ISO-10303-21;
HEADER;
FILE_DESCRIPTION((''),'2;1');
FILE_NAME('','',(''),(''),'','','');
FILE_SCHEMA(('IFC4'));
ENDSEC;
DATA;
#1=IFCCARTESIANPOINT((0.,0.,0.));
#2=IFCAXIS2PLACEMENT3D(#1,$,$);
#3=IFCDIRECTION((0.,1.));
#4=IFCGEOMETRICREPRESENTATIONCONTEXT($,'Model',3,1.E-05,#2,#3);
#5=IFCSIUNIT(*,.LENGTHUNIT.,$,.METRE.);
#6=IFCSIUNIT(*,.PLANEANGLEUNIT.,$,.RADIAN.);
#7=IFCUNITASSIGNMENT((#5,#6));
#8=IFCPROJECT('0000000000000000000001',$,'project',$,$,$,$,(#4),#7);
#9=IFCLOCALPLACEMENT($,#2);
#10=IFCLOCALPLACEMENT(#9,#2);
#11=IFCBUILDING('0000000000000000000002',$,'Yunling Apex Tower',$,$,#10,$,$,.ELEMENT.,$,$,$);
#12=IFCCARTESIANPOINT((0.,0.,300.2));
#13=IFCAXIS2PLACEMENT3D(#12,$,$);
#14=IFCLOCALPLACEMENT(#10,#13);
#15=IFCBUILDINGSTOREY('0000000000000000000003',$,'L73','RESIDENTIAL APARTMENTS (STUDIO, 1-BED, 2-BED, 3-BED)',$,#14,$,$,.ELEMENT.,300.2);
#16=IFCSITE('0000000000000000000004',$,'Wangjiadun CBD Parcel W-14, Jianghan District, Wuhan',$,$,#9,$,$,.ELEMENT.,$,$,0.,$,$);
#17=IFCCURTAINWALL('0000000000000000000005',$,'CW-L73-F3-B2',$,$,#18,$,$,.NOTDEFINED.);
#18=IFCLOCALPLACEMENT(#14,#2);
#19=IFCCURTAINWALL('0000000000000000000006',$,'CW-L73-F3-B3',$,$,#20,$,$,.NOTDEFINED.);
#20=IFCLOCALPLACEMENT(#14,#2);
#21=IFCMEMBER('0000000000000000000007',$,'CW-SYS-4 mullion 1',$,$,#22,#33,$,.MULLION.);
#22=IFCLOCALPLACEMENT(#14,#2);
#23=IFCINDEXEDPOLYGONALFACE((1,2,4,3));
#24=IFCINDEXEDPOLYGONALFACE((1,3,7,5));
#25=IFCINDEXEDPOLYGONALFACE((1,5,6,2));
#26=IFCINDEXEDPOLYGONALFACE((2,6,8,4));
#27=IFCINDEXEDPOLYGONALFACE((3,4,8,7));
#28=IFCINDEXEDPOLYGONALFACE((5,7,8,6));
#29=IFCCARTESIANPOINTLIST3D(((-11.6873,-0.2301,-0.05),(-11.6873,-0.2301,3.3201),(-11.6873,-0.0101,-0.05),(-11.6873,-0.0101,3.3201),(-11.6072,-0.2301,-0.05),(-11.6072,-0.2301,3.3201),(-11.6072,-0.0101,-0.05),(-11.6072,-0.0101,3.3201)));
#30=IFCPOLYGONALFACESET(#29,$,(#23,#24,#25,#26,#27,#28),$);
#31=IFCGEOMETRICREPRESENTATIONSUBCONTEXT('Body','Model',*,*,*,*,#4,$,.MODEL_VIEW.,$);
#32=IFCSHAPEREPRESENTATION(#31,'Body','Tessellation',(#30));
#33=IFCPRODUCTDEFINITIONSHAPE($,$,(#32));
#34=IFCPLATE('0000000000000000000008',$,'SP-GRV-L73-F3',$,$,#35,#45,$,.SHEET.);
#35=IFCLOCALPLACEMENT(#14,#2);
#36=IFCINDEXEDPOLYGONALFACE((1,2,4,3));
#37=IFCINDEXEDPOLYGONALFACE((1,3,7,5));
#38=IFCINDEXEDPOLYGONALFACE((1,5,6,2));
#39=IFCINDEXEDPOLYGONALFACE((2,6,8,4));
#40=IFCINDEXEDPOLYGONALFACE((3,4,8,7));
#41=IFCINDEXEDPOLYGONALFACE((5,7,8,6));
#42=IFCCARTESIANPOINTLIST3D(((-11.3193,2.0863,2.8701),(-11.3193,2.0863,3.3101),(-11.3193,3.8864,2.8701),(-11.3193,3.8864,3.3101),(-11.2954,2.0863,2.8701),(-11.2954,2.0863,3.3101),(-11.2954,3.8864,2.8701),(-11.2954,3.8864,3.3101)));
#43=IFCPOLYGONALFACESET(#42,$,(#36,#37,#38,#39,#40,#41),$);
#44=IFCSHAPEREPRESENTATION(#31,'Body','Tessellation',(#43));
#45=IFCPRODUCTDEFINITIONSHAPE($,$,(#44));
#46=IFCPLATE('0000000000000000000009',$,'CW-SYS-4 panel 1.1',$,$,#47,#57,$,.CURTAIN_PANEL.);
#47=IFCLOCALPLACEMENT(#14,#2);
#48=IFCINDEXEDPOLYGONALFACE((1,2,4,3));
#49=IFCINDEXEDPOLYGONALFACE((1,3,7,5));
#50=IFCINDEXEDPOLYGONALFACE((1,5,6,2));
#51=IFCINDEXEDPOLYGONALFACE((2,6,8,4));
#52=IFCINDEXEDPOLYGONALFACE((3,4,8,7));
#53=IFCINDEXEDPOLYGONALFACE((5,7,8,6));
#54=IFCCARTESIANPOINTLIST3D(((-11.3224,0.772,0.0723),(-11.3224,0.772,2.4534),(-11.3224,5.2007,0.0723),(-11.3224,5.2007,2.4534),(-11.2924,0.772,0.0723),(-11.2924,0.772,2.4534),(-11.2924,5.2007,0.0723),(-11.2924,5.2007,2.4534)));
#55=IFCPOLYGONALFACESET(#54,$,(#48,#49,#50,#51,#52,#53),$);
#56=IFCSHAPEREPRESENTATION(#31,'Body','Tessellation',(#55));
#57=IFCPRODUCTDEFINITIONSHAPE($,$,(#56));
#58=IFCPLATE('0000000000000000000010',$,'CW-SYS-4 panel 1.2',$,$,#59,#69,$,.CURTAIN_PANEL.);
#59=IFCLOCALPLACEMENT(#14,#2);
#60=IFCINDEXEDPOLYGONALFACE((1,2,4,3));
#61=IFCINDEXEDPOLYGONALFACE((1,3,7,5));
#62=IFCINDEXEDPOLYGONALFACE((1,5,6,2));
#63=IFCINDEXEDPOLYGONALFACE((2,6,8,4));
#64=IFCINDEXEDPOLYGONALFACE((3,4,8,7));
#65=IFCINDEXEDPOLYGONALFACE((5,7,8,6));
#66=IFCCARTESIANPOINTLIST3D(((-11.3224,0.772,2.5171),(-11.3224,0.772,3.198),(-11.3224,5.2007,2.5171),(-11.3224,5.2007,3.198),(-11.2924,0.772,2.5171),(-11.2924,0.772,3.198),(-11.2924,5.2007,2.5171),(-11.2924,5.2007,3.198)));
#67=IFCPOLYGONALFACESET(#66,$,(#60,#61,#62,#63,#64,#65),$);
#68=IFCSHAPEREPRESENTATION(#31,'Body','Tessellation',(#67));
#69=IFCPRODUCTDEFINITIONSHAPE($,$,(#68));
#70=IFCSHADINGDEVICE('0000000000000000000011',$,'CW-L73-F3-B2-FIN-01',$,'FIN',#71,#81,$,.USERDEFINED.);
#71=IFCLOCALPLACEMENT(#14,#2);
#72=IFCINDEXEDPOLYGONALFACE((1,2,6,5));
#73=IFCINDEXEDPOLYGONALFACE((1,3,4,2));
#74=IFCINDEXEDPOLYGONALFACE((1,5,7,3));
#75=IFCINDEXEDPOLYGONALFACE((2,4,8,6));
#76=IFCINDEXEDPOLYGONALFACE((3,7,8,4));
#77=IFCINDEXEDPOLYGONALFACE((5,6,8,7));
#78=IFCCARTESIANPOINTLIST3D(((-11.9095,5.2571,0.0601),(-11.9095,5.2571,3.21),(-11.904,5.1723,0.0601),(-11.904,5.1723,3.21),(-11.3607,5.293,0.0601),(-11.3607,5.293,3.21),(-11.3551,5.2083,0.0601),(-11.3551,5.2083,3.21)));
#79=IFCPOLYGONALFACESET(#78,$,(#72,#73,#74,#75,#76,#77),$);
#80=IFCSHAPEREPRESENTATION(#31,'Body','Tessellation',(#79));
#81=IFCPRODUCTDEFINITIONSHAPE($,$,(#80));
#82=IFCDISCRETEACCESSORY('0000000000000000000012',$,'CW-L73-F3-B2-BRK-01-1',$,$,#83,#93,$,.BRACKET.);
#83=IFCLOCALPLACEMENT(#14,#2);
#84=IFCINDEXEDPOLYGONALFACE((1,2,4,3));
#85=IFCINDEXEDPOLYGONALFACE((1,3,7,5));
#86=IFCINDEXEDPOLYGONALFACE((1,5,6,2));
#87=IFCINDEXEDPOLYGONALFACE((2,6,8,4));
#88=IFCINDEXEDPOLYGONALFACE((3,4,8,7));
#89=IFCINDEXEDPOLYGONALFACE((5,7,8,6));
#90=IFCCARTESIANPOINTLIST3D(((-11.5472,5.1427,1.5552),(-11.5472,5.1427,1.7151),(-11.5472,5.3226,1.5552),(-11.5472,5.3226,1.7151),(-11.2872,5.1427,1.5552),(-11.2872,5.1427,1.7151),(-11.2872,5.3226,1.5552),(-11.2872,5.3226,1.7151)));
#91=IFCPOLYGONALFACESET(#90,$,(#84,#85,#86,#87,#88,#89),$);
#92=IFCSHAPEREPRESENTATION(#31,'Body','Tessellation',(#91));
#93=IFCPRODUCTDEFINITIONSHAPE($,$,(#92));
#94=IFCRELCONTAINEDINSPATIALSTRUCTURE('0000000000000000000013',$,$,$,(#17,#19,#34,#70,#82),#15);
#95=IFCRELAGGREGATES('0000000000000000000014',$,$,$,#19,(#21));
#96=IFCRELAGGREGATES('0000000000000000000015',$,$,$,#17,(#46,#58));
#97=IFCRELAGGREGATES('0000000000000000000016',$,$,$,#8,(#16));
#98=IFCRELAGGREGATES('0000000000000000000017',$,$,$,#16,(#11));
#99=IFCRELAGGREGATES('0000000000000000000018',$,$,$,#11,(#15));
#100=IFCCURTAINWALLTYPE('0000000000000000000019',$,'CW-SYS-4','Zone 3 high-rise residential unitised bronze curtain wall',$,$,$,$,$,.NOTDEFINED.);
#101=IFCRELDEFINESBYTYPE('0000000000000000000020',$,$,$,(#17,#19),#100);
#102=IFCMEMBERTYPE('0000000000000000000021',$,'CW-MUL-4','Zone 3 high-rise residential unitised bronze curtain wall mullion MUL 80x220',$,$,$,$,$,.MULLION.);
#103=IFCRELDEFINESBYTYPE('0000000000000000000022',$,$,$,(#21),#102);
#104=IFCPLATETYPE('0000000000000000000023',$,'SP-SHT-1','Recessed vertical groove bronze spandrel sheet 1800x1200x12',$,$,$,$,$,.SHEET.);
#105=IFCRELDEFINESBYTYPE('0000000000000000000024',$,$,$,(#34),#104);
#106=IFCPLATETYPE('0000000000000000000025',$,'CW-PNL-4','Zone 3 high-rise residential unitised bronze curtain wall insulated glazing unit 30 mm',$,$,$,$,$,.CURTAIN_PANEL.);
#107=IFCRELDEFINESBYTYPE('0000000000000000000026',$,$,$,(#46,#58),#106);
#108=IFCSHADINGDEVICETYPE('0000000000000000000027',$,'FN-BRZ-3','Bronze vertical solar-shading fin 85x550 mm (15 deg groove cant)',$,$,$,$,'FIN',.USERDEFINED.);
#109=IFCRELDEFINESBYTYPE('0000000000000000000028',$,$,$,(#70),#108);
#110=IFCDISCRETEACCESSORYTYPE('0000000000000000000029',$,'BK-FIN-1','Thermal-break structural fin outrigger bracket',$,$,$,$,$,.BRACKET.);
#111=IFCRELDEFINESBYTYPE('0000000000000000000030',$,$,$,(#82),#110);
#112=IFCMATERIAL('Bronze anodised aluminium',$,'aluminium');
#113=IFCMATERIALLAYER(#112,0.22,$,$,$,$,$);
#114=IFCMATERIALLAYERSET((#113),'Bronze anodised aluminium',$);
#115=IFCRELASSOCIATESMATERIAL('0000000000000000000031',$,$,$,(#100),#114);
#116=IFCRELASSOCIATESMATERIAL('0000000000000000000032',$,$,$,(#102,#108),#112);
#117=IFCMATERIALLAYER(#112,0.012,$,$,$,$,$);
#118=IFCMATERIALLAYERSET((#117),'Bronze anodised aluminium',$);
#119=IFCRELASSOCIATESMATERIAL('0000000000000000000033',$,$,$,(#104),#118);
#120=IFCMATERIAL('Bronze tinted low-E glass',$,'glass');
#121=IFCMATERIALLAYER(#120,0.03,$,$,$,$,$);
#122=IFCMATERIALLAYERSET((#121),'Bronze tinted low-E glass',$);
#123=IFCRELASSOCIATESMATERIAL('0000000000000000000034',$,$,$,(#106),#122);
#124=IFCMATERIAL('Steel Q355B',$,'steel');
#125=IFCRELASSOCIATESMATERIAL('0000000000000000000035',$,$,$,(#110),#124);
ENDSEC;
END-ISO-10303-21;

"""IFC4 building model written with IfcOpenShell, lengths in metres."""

from ifc_helpers import new_model, si_unit, direction, frame, origin, origin_2d, place, context, subcontext, project, spatial, rectangle, extrude, source, transform, mapped, material, layer, layer_set, material_profile, profile_set, type_object, element, aggregate, save


model = new_model("IFC4")

# Units and contexts
model_context = context("Model", 3, precision=1e-05, world=origin(), true_north=direction((0.0, 1.0)))
body_context = subcontext(model_context, "Body", "Model", "MODEL_VIEW")
ifc_project = project(units=[si_unit("LENGTHUNIT", "METRE"), si_unit("PLANEANGLEUNIT", "RADIAN")], contexts=[model_context])

# Site, building, storey
site_placement = place(None, origin())
site = spatial("IfcSite", under=ifc_project, at=site_placement, Name="Wangjiadun CBD Parcel W-14, Jianghan District, Wuhan", CompositionType="ELEMENT", RefElevation=0.0)
building_placement = place(site_placement, origin())
building = spatial("IfcBuilding", under=site, at=building_placement, Name="Yunling Apex Tower", CompositionType="ELEMENT")
storey_placement = place(building_placement, frame((0.0, 0.0, 300.2)))
storey = spatial("IfcBuildingStorey", under=building, at=storey_placement, Name="L73", Description="RESIDENTIAL APARTMENTS (STUDIO, 1-BED, 2-BED, 3-BED)", CompositionType="ELEMENT", Elevation=300.2)

# Shared definitions
ifc_material_1 = material(Name="Steel Q355B", Category="steel")

# Curtain wall
ifc_material_2 = material(Name="Bronze anodised aluminium", Category="aluminium")
ifc_layer_1 = layer(ifc_material_2, 0.22)
ifc_layer_set_1 = layer_set([ifc_layer_1], Name="Bronze anodised aluminium")
curtain_wall_type = type_object("IfcCurtainWallType", Name="CW-SYS-4", Description="Zone 3 high-rise residential unitised bronze curtain wall", PredefinedType="NOTDEFINED", material=ifc_layer_set_1)
curtain_wall_1_placement = place(storey_placement, origin())
curtain_wall_1 = element("IfcCurtainWall", 1, at=curtain_wall_1_placement, inside=storey, type_object=curtain_wall_type, Name="CW-L73-F3-B2", PredefinedType="NOTDEFINED")

# Shared definitions
ifc_material_profile_1 = material_profile(ifc_material_2, rectangle(XDim=0.0801, YDim=0.22, at=origin_2d()))
ifc_profile_set_1 = profile_set([ifc_material_profile_1], Name="Bronze anodised aluminium")
member_type_1 = type_object("IfcMemberType", Name="CW-MUL-4", Description="Zone 3 high-rise residential unitised bronze curtain wall mullion MUL 80x220", PredefinedType="MULLION", material=ifc_profile_set_1)
shared_shape_1 = source(origin(), body_context, "Body", "SweptSolid", [
    extrude(rectangle(XDim=0.0801, YDim=0.22, at=origin_2d()), origin(), (0.0, 0.0, 1.0), 3.3701),
])

# Curtain wall, member
curtain_wall_2_placement = place(storey_placement, origin())
curtain_wall_2 = element("IfcCurtainWall", 2, at=curtain_wall_2_placement, inside=storey, type_object=curtain_wall_type, Name="CW-L73-F3-B3", PredefinedType="NOTDEFINED")
member_1_placement = place(storey_placement, frame((-11.6472, -0.1201, -0.05), z_axis=(0.0, 0.0, 1.0), x_axis=(1.0, 0.0, 0.0)))
member_1 = element("IfcMember", 3, at=member_1_placement, type_object=member_type_1, Name="CW-SYS-4 mullion 1", PredefinedType="MULLION", context=body_context, shape_type="MappedRepresentation", body=[
    mapped(shared_shape_1, transform((0.0, 0.0, 0.0), scale=1.0)),
])
aggregate(curtain_wall_2, [member_1])

# Plates
ifc_layer_2 = layer(ifc_material_2, 0.012)
ifc_layer_set_2 = layer_set([ifc_layer_2], Name="Bronze anodised aluminium")
plate_type_1 = type_object("IfcPlateType", Name="SP-SHT-1", Description="Recessed vertical groove bronze spandrel sheet 1800x1200x12", PredefinedType="SHEET", material=ifc_layer_set_2)
shared_shape_2 = source(origin(), body_context, "Body", "SweptSolid", [
    extrude(rectangle(XDim=1.8, YDim=0.0239, at=origin_2d()), origin(), (0.0, 0.0, 1.0), 0.4399),
])
plate_1_placement = place(storey_placement, frame((-11.3074, 2.9863, 2.8701), z_axis=(0.0, 0.0, 1.0), x_axis=(0.0, -1.0, 0.0)))
element("IfcPlate", 4, at=plate_1_placement, inside=storey, type_object=plate_type_1, Name="SP-GRV-L73-F3", PredefinedType="SHEET", context=body_context, shape_type="MappedRepresentation", body=[
    mapped(shared_shape_2, transform((0.0, 0.0, 0.0), scale=1.0)),
])
ifc_material_3 = material(Name="Bronze tinted low-E glass", Category="glass")
ifc_layer_3 = layer(ifc_material_3, 0.03)
ifc_layer_set_3 = layer_set([ifc_layer_3], Name="Bronze tinted low-E glass")
plate_type_2 = type_object("IfcPlateType", Name="CW-PNL-4", Description="Zone 3 high-rise residential unitised bronze curtain wall insulated glazing unit 30 mm", PredefinedType="CURTAIN_PANEL", material=ifc_layer_set_3)
shared_shape_3 = source(origin(), body_context, "Body", "SweptSolid", [
    extrude(rectangle(XDim=4.4287, YDim=0.03, at=origin_2d()), origin(), (0.0, 0.0, 1.0), 2.3811),
])
plate_2_placement = place(storey_placement, frame((-11.3074, 2.9863, 0.0723), z_axis=(0.0, 0.0, 1.0), x_axis=(0.0, -1.0, 0.0)))
plate_2 = element("IfcPlate", 5, at=plate_2_placement, type_object=plate_type_2, Name="CW-SYS-4 panel 1.1", PredefinedType="CURTAIN_PANEL", context=body_context, shape_type="MappedRepresentation", body=[
    mapped(shared_shape_3, transform((0.0, 0.0, 0.0), scale=1.0)),
])
shared_shape_4 = source(origin(), body_context, "Body", "SweptSolid", [
    extrude(rectangle(XDim=4.4287, YDim=0.03, at=origin_2d()), origin(), (0.0, 0.0, 1.0), 0.6809),
])
plate_3_placement = place(storey_placement, frame((-11.3074, 2.9863, 2.5171), z_axis=(0.0, 0.0, 1.0), x_axis=(0.0, -1.0, 0.0)))
plate_3 = element("IfcPlate", 6, at=plate_3_placement, type_object=plate_type_2, Name="CW-SYS-4 panel 1.2", PredefinedType="CURTAIN_PANEL", context=body_context, shape_type="MappedRepresentation", body=[
    mapped(shared_shape_4, transform((0.0, 0.0, 0.0), scale=1.0)),
])
aggregate(curtain_wall_1, [plate_2, plate_3])

# Shading device
ifc_material_profile_2 = material_profile(ifc_material_2, rectangle(XDim=0.085, YDim=0.55, at=origin_2d()))
ifc_profile_set_2 = profile_set([ifc_material_profile_2], Name="Bronze anodised aluminium")
shading_device_type = type_object("IfcShadingDeviceType", Name="FN-BRZ-3", Description="Bronze vertical solar-shading fin 85x550 mm (15 deg groove cant)", ElementType="FIN", PredefinedType="USERDEFINED", material=ifc_profile_set_2)
shared_shape_5 = source(origin(), body_context, "Body", "SweptSolid", [
    extrude(rectangle(XDim=0.085, YDim=0.55, at=origin_2d()), origin(), (0.0, 0.0, 1.0), 3.1499),
])
shading_device_placement = place(storey_placement, frame((-11.6323, 5.2327, 0.0601), z_axis=(0.0, 0.0, 1.0), x_axis=(0.065403, -0.997859, 0.0)))
element("IfcShadingDevice", 7, at=shading_device_placement, inside=storey, type_object=shading_device_type, Name="CW-L73-F3-B2-FIN-01", ObjectType="FIN", PredefinedType="USERDEFINED", context=body_context, shape_type="MappedRepresentation", body=[
    mapped(shared_shape_5, transform((0.0, 0.0, 0.0), scale=1.0)),
])

# Discrete accessory
discrete_accessory_type = type_object("IfcDiscreteAccessoryType", Name="BK-FIN-1", Description="Thermal-break structural fin outrigger bracket", PredefinedType="BRACKET", material=ifc_material_1)
shared_shape_6 = source(origin(), body_context, "Body", "SweptSolid", [
    extrude(rectangle(XDim=0.1799, YDim=0.26, at=origin_2d()), origin(), (0.0, 0.0, 1.0), 0.1599),
])
discrete_accessory_placement = place(storey_placement, frame((-11.4172, 5.2327, 1.5552), z_axis=(0.0, 0.0, 1.0), x_axis=(0.0, -1.0, 0.0)))
element("IfcDiscreteAccessory", 8, at=discrete_accessory_placement, inside=storey, type_object=discrete_accessory_type, Name="CW-L73-F3-B2-BRK-01-1", PredefinedType="BRACKET", context=body_context, shape_type="MappedRepresentation", body=[
    mapped(shared_shape_6, transform((0.0, 0.0, 0.0), scale=1.0)),
])

save(model, "model.ifc")
